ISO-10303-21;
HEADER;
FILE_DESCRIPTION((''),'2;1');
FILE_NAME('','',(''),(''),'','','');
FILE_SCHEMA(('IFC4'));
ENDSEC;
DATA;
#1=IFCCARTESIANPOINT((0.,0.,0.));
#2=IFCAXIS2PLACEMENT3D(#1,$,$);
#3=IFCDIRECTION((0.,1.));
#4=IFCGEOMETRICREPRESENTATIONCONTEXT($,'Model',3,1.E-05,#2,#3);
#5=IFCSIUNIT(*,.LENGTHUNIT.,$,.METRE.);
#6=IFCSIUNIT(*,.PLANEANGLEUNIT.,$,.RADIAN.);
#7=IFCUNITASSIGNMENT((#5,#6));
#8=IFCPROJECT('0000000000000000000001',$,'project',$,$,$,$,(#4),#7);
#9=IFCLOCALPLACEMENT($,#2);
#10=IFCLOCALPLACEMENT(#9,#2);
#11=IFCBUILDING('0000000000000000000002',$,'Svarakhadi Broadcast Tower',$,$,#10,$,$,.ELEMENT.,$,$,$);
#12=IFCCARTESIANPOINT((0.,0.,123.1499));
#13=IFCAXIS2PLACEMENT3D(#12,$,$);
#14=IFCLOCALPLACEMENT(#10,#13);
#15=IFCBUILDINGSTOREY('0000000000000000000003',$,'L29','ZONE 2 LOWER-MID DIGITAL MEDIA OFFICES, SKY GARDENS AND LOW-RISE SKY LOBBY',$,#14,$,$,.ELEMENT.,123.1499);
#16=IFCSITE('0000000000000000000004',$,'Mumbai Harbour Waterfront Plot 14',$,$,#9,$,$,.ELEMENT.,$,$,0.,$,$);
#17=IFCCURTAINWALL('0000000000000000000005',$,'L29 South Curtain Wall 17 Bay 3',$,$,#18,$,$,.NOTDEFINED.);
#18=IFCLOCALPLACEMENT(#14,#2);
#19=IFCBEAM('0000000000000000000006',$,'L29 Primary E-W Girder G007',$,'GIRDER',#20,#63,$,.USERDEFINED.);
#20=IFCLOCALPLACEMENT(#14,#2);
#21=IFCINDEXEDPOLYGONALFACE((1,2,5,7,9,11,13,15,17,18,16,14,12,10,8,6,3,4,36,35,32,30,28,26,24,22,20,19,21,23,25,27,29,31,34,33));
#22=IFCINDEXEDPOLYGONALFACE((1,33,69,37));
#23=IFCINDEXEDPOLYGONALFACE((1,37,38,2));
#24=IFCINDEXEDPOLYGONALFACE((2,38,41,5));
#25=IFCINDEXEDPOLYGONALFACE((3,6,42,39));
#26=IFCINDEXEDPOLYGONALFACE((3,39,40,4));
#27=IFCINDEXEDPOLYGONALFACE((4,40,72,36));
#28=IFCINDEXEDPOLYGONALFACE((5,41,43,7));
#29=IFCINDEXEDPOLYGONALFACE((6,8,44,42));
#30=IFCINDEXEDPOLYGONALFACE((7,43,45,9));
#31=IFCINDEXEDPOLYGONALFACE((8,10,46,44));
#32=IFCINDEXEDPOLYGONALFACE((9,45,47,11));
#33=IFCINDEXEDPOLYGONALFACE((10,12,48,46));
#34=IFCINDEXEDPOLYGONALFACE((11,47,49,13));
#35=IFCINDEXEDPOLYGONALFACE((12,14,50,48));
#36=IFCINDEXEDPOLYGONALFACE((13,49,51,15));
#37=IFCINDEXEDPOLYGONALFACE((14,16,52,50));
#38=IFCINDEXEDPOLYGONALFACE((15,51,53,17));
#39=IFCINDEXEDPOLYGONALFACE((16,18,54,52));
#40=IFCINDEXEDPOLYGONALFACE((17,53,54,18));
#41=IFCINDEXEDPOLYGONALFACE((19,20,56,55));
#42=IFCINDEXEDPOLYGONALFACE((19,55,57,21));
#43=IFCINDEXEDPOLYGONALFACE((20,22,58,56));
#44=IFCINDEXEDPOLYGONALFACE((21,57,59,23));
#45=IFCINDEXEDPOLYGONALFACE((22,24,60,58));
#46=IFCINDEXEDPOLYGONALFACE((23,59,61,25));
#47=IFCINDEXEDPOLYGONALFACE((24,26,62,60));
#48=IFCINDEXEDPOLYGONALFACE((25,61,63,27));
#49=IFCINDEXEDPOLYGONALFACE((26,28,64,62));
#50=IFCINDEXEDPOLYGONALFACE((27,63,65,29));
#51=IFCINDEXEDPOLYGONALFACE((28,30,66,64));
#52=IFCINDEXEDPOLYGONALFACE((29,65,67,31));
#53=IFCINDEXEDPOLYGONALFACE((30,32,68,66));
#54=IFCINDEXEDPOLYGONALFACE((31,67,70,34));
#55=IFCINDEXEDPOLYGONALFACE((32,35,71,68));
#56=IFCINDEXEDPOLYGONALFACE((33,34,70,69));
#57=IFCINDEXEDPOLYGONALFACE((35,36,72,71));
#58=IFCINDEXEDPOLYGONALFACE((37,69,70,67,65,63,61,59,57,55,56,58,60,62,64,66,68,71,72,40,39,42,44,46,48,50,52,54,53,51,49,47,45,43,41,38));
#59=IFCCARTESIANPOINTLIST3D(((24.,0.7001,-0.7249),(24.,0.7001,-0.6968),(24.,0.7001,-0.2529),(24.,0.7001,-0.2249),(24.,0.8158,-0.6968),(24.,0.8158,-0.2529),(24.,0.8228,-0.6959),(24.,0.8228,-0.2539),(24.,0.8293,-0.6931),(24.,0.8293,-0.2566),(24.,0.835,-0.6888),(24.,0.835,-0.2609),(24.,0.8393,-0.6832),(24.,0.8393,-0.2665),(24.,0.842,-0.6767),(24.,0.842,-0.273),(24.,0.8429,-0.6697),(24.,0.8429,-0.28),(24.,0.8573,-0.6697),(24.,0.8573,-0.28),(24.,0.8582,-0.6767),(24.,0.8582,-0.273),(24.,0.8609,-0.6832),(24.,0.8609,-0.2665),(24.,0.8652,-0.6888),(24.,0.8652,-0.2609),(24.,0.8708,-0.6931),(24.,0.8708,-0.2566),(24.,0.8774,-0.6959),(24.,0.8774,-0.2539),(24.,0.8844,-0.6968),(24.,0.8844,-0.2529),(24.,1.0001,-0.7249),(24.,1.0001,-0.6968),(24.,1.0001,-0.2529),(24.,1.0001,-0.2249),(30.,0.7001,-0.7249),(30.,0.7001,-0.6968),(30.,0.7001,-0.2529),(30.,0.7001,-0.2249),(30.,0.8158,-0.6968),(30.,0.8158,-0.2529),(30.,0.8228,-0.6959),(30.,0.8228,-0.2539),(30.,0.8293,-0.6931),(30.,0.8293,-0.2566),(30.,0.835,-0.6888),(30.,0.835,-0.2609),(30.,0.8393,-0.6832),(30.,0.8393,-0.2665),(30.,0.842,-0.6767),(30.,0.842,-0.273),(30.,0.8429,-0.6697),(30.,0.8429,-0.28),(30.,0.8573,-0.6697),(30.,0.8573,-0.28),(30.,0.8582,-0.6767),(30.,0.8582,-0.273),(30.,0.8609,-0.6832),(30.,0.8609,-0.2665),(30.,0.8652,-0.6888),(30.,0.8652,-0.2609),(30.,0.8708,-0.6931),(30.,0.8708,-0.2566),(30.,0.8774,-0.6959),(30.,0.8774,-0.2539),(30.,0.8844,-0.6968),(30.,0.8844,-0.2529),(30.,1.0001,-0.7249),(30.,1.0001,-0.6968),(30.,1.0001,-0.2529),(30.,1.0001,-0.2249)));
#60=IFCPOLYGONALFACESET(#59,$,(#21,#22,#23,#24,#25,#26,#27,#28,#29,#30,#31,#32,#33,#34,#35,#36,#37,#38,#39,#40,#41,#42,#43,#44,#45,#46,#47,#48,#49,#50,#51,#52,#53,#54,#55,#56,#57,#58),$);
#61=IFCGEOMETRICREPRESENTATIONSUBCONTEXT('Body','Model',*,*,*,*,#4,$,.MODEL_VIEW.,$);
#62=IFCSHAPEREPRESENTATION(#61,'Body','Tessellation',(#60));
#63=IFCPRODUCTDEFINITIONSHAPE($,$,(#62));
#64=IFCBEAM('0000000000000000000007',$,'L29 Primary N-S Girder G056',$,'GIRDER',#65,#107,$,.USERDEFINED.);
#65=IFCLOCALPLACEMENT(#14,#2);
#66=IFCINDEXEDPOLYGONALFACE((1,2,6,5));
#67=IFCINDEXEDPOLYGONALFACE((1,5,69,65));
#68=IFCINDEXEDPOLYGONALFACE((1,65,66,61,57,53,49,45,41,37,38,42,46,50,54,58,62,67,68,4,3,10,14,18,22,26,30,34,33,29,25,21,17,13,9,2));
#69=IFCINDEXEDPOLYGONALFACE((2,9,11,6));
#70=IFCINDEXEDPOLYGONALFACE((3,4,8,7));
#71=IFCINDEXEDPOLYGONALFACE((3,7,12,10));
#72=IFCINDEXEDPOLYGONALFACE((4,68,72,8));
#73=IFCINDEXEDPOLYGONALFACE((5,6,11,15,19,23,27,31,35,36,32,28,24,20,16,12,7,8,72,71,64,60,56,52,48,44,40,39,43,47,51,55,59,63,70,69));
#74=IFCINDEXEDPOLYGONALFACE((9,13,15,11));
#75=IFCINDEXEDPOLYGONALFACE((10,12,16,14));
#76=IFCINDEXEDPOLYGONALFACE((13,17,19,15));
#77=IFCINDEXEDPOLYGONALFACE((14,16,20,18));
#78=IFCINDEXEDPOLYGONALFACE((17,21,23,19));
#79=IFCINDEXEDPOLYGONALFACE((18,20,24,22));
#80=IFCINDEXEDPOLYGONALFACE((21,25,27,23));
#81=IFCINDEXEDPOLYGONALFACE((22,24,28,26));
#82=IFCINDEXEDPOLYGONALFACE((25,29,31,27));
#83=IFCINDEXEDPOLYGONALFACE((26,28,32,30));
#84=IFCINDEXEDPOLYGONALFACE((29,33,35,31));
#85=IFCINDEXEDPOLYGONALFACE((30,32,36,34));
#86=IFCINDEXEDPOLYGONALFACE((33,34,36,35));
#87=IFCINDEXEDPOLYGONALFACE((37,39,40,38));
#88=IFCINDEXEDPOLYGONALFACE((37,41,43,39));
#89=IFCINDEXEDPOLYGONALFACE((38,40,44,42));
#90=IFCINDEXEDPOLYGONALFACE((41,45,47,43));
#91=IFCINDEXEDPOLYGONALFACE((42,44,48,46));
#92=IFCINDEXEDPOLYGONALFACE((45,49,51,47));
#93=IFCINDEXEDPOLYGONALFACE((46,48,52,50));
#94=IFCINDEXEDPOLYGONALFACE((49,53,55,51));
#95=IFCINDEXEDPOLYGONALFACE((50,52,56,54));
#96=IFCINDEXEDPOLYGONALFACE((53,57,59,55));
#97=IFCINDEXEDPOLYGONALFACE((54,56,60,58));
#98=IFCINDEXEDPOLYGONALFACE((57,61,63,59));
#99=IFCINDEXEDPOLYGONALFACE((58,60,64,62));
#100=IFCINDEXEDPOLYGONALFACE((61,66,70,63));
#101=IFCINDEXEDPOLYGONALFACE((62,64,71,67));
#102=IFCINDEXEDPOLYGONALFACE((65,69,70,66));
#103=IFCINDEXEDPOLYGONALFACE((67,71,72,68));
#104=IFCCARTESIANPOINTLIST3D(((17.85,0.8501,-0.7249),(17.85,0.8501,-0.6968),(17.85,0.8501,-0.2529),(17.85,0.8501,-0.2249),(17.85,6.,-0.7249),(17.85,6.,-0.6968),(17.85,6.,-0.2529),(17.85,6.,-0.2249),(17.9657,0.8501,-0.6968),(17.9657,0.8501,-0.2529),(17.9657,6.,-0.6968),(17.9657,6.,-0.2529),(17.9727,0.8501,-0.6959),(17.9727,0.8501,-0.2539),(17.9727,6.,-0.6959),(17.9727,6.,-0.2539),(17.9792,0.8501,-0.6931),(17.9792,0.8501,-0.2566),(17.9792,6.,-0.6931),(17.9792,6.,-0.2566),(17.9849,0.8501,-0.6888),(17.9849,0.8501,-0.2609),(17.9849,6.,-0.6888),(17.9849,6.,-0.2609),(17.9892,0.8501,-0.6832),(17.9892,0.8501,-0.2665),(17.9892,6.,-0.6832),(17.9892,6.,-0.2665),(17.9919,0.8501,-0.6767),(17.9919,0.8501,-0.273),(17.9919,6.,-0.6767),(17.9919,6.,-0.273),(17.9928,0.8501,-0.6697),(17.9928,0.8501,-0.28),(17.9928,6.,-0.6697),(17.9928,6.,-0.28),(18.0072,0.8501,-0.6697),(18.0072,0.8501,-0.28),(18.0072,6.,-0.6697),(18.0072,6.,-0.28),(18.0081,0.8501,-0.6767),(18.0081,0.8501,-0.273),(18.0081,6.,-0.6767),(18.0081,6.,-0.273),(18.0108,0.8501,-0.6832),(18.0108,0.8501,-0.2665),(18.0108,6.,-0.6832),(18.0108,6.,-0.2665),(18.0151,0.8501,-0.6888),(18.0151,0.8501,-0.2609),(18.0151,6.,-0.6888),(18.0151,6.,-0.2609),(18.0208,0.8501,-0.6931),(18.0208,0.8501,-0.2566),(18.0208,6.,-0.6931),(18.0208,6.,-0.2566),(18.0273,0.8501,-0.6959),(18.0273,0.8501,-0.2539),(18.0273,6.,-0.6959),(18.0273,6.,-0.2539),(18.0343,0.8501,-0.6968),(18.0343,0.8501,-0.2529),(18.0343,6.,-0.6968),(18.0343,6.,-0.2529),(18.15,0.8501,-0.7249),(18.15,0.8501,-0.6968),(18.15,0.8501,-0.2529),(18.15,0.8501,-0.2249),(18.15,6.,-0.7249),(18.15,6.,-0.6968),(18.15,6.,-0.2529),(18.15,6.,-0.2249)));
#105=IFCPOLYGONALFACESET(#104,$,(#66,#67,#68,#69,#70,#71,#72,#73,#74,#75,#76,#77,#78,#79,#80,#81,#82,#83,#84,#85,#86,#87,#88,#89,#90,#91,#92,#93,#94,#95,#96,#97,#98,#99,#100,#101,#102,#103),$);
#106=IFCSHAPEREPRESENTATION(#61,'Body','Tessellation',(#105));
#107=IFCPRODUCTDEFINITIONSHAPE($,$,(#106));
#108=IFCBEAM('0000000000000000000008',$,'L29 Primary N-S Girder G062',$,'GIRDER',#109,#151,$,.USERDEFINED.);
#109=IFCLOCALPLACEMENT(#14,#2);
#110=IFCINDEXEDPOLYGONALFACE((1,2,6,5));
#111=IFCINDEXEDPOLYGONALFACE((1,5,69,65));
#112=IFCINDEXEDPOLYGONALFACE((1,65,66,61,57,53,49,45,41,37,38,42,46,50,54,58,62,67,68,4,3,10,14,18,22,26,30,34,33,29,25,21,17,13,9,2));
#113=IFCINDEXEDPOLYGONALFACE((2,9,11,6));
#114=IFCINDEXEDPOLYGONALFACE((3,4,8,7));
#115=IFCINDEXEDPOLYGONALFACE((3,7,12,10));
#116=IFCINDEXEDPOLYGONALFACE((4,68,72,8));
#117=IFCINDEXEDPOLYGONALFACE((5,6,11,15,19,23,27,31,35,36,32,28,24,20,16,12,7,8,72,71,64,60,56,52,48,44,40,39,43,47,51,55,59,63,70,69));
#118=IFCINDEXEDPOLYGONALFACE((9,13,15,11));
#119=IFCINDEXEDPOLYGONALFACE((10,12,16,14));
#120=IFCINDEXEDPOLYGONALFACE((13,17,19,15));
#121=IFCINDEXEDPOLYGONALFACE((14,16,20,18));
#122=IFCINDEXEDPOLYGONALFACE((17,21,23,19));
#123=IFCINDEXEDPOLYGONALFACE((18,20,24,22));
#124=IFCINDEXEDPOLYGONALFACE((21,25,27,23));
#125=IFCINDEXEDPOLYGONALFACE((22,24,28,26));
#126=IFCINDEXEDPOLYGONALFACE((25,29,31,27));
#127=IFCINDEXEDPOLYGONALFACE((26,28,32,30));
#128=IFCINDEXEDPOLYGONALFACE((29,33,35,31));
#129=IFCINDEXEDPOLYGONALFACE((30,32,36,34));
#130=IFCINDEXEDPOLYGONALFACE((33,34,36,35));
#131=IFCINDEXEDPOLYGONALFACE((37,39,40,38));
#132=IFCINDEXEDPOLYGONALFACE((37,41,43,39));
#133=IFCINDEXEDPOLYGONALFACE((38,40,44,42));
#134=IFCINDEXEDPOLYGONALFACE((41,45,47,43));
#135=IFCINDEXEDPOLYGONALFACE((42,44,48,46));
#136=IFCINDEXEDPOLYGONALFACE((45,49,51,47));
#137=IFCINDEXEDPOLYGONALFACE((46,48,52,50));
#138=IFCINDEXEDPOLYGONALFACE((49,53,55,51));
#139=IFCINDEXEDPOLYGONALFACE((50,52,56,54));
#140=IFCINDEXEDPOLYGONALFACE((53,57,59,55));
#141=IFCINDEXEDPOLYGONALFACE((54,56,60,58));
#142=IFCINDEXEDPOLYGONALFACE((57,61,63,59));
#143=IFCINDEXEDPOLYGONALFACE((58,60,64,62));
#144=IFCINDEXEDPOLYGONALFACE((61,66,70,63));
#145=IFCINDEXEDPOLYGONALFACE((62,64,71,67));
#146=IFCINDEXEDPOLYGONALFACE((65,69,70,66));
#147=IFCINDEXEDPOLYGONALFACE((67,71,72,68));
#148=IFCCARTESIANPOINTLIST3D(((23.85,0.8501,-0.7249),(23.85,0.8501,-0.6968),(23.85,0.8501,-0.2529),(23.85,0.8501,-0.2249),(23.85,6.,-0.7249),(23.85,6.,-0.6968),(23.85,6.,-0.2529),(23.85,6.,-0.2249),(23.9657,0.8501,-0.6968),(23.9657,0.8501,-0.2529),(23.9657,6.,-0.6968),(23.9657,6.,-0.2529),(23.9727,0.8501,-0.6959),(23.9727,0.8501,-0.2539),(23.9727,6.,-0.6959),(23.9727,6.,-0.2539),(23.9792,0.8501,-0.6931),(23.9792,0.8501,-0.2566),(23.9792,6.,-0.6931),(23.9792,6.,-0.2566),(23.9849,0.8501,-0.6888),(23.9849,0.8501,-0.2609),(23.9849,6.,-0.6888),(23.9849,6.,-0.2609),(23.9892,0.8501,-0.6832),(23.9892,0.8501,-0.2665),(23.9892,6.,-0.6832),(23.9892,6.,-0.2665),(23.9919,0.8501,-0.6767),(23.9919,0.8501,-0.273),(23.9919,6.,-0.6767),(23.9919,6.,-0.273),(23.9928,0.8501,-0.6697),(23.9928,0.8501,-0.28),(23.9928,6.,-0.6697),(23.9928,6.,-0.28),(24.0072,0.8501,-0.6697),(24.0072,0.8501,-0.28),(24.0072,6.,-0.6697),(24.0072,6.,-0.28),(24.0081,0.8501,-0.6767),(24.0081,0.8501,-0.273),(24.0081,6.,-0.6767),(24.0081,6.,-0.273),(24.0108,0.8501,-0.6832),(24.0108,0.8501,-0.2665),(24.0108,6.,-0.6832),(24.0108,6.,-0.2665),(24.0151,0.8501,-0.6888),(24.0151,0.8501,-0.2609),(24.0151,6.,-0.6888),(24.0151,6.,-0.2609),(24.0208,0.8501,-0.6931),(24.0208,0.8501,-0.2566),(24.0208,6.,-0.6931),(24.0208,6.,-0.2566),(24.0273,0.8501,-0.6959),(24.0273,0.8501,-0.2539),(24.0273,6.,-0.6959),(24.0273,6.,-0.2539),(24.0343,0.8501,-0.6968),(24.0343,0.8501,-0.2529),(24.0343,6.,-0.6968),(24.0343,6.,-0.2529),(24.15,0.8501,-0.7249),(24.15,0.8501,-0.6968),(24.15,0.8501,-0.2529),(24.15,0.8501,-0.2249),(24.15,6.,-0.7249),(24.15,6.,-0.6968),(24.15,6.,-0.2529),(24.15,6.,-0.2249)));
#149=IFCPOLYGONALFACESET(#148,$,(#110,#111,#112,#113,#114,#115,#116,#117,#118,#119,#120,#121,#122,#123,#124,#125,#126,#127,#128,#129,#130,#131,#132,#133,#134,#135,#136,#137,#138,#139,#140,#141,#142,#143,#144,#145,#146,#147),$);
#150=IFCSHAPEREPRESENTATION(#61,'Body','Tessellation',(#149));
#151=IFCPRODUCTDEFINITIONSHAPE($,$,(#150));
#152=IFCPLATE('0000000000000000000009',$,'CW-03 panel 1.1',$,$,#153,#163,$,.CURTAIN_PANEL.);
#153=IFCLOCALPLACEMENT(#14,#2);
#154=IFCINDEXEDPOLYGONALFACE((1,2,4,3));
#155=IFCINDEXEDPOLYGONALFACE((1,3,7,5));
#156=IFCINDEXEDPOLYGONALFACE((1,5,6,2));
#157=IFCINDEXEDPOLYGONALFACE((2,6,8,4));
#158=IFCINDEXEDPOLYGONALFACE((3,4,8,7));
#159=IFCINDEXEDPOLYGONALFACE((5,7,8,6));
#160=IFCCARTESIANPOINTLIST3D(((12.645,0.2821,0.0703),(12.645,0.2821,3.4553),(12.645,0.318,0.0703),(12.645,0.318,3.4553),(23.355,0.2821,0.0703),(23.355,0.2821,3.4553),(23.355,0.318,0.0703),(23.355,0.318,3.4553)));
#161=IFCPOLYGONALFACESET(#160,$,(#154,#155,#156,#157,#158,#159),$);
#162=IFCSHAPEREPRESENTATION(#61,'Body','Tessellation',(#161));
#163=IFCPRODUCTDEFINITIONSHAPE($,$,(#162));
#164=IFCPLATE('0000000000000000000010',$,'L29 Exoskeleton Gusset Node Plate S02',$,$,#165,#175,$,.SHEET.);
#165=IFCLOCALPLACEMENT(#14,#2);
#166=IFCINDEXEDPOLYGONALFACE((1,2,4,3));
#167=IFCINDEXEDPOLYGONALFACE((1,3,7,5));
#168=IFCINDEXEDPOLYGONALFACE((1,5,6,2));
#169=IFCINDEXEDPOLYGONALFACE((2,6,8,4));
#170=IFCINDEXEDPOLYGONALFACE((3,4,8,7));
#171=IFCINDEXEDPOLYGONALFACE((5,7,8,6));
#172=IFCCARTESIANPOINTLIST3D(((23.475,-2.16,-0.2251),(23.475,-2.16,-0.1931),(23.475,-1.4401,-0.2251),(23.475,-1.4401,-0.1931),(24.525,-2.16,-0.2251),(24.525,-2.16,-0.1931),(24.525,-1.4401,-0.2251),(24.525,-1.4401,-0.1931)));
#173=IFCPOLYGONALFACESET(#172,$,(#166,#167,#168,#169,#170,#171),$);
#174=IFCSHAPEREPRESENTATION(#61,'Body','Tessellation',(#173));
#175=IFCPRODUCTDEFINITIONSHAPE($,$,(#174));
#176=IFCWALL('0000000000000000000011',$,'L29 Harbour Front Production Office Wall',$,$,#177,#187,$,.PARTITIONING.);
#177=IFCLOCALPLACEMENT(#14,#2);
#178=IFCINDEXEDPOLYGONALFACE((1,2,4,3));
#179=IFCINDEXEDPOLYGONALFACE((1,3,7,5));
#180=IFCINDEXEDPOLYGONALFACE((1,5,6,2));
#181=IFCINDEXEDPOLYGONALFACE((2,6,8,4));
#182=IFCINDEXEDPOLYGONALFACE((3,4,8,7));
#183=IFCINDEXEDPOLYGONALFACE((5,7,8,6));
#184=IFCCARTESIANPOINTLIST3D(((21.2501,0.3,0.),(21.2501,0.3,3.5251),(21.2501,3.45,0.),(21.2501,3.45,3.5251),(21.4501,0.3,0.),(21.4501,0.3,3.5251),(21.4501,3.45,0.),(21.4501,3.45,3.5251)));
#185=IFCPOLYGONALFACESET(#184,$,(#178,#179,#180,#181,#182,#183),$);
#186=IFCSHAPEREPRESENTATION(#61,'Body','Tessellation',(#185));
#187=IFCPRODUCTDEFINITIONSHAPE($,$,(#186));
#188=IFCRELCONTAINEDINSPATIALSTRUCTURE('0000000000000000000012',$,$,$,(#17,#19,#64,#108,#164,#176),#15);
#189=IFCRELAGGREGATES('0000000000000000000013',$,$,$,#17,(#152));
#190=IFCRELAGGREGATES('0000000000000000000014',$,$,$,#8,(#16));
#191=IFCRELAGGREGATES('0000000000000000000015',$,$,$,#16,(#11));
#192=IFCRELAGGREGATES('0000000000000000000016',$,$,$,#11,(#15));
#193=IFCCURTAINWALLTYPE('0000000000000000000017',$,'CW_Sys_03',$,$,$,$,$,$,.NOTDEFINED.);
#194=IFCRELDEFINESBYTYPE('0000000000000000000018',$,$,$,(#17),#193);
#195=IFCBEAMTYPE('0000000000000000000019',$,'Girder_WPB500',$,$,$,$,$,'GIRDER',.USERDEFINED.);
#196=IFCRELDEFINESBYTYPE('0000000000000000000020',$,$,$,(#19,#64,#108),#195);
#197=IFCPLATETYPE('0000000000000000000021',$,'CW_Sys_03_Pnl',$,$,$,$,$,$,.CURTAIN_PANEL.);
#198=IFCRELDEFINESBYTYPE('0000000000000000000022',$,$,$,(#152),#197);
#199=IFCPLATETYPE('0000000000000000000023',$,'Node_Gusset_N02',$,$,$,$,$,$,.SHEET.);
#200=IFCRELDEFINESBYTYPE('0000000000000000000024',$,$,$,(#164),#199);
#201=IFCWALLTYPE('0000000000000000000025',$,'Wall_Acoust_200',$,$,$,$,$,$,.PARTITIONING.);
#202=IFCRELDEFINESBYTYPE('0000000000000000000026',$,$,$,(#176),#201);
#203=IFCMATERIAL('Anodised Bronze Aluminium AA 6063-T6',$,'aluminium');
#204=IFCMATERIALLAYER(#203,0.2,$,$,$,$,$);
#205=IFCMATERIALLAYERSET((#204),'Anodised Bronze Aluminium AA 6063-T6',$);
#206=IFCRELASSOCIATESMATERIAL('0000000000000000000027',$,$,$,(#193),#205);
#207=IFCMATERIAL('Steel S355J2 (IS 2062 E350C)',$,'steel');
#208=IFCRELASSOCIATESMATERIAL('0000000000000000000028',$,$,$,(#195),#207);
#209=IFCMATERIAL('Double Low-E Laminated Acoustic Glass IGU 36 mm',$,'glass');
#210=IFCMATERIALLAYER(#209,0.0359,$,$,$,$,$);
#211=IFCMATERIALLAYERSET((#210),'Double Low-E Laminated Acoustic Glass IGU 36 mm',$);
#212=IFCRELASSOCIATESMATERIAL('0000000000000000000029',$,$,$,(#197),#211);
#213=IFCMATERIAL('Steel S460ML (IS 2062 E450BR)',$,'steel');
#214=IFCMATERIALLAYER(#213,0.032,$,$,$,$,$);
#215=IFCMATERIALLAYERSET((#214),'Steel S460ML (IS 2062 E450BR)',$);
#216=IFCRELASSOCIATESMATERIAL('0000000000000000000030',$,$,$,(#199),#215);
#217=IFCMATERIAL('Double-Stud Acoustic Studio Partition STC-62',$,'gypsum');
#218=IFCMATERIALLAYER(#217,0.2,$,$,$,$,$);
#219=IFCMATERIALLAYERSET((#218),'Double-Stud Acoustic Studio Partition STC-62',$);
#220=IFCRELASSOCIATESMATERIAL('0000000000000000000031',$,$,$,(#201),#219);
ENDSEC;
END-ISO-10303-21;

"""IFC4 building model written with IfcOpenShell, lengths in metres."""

from ifc_helpers import new_model, si_unit, direction, frame, frame_2d, origin, origin_2d, place, context, subcontext, project, spatial, rectangle, i_section, extrude, material, layer, layer_set, material_profile, profile_set, type_object, element, aggregate, save


model = new_model("IFC4")

# Units and contexts
model_context = context("Model", 3, precision=1e-05, world=origin(), true_north=direction((0.0, 1.0)))
body_context = subcontext(model_context, "Body", "Model", "MODEL_VIEW")
ifc_project = project(units=[si_unit("LENGTHUNIT", "METRE"), si_unit("PLANEANGLEUNIT", "RADIAN")], contexts=[model_context])

# Site, building, storey
site_placement = place(None, origin())
site = spatial("IfcSite", under=ifc_project, at=site_placement, Name="Mumbai Harbour Waterfront Plot 14", CompositionType="ELEMENT", RefElevation=0.0)
building_placement = place(site_placement, origin())
building = spatial("IfcBuilding", under=site, at=building_placement, Name="Svarakhadi Broadcast Tower", CompositionType="ELEMENT")
storey_placement = place(building_placement, frame((0.0, 0.0, 123.1499)))
storey = spatial("IfcBuildingStorey", under=building, at=storey_placement, Name="L29", Description="ZONE 2 LOWER-MID DIGITAL MEDIA OFFICES, SKY GARDENS AND LOW-RISE SKY LOBBY", CompositionType="ELEMENT", Elevation=123.1499)

# Curtain wall
ifc_material_1 = material(Name="Anodised Bronze Aluminium AA 6063-T6", Category="aluminium")
ifc_layer_1 = layer(ifc_material_1, 0.2)
ifc_layer_set_1 = layer_set([ifc_layer_1], Name="Anodised Bronze Aluminium AA 6063-T6")
curtain_wall_type = type_object("IfcCurtainWallType", Name="CW_Sys_03", PredefinedType="NOTDEFINED", material=ifc_layer_set_1)
curtain_wall_placement = place(storey_placement, origin())
curtain_wall = element("IfcCurtainWall", 1, at=curtain_wall_placement, inside=storey, type_object=curtain_wall_type, Name="L29 South Curtain Wall 17 Bay 3", PredefinedType="NOTDEFINED")

# Shared definitions
ifc_material_2 = material(Name="Steel S460ML (IS 2062 E450BR)", Category="steel")

# Beams
ifc_material_3 = material(Name="Steel S355J2 (IS 2062 E350C)", Category="steel")
ifc_material_profile_1 = material_profile(ifc_material_3, i_section(OverallWidth=0.3, OverallDepth=0.5, WebThickness=0.0144, FlangeThickness=0.0281, FilletRadius=0.0271, at=origin_2d()), Name="WPB 500x300x187")
ifc_profile_set_1 = profile_set([ifc_material_profile_1], Name="Steel S355J2 (IS 2062 E350C)")
beam_type = type_object("IfcBeamType", Name="Girder_WPB500", ElementType="GIRDER", PredefinedType="USERDEFINED", material=ifc_profile_set_1)
for number, where, z_axis, x_axis, name in (
    (2, (24.0, 0.8501, -0.4749), (1.0, 0.0, 0.0), (0.0, 1.0, 0.0), "L29 Primary E-W Girder G007"),
):
    element("IfcBeam", number, at=place(storey_placement, frame(where, z_axis=z_axis, x_axis=x_axis)), inside=storey, type_object=beam_type, Name=name, ObjectType="GIRDER", PredefinedType="USERDEFINED", context=body_context, shape_type="SweptSolid", body=[
        extrude(i_section(OverallWidth=0.3, OverallDepth=0.5, WebThickness=0.0144, FlangeThickness=0.0281, FilletRadius=0.0271, at=origin_2d()), origin(), (0.0, 0.0, 1.0), 6.0),
    ])
for number, where, z_axis, x_axis, name in (
    (3, (18.0, 0.8501, -0.4749), (0.0, 1.0, 0.0), (-1.0, 0.0, 0.0), "L29 Primary N-S Girder G056"),
    (4, (24.0, 0.8501, -0.4749), (0.0, 1.0, 0.0), (-1.0, 0.0, 0.0), "L29 Primary N-S Girder G062"),
):
    element("IfcBeam", number, at=place(storey_placement, frame(where, z_axis=z_axis, x_axis=x_axis)), inside=storey, type_object=beam_type, Name=name, ObjectType="GIRDER", PredefinedType="USERDEFINED", context=body_context, shape_type="SweptSolid", body=[
        extrude(i_section(OverallWidth=0.3, OverallDepth=0.5, WebThickness=0.0144, FlangeThickness=0.0281, FilletRadius=0.0271, at=origin_2d()), origin(), (0.0, 0.0, 1.0), 5.1499),
    ])

# Plates
ifc_material_4 = material(Name="Double Low-E Laminated Acoustic Glass IGU 36 mm", Category="glass")
ifc_layer_2 = layer(ifc_material_4, 0.0359)
ifc_layer_set_2 = layer_set([ifc_layer_2], Name="Double Low-E Laminated Acoustic Glass IGU 36 mm")
plate_type_1 = type_object("IfcPlateType", Name="CW_Sys_03_Pnl", PredefinedType="CURTAIN_PANEL", material=ifc_layer_set_2)
plate_1_placement = place(storey_placement, frame((18.0, 0.3, 0.0703), z_axis=(0.0, 0.0, 1.0), x_axis=(-1.0, 0.0, 0.0)))
plate_1 = element("IfcPlate", 5, at=plate_1_placement, type_object=plate_type_1, Name="CW-03 panel 1.1", PredefinedType="CURTAIN_PANEL", context=body_context, shape_type="SweptSolid", body=[
    extrude(rectangle(XDim=10.71, YDim=0.0359, at=origin_2d()), origin(), (0.0, 0.0, 1.0), 3.385),
])
aggregate(curtain_wall, [plate_1])
ifc_layer_3 = layer(ifc_material_2, 0.032)
ifc_layer_set_3 = layer_set([ifc_layer_3], Name="Steel S460ML (IS 2062 E450BR)")
plate_type_2 = type_object("IfcPlateType", Name="Node_Gusset_N02", PredefinedType="SHEET", material=ifc_layer_set_3)
plate_2_placement = place(storey_placement, frame((24.0, -1.8, -0.2251), z_axis=(0.0, 0.0, 1.0), x_axis=(1.0, 0.0, 0.0)))
element("IfcPlate", 6, at=plate_2_placement, inside=storey, type_object=plate_type_2, Name="L29 Exoskeleton Gusset Node Plate S02", PredefinedType="SHEET", context=body_context, shape_type="SweptSolid", body=[
    extrude(rectangle(XDim=1.05, YDim=0.72, at=origin_2d()), origin(), (0.0, 0.0, 1.0), 0.032),
])

# Wall
ifc_material_5 = material(Name="Double-Stud Acoustic Studio Partition STC-62", Category="gypsum")
ifc_layer_4 = layer(ifc_material_5, 0.2)
ifc_layer_set_4 = layer_set([ifc_layer_4], Name="Double-Stud Acoustic Studio Partition STC-62")
wall_type = type_object("IfcWallType", Name="Wall_Acoust_200", PredefinedType="PARTITIONING", material=ifc_layer_set_4)
wall_placement = place(storey_placement, frame((21.3501, 0.3, 0.0), z_axis=(0.0, 0.0, 1.0), x_axis=(0.0, 1.0, 0.0)))
element("IfcWall", 7, at=wall_placement, inside=storey, type_object=wall_type, Name="L29 Harbour Front Production Office Wall", PredefinedType="PARTITIONING", context=body_context, shape_type="SweptSolid", body=[
    extrude(rectangle(XDim=3.1499, YDim=0.2, at=frame_2d((1.575, 0.0))), origin(), (0.0, 0.0, 1.0), 3.5251),
])

save(model, "model.ifc")
